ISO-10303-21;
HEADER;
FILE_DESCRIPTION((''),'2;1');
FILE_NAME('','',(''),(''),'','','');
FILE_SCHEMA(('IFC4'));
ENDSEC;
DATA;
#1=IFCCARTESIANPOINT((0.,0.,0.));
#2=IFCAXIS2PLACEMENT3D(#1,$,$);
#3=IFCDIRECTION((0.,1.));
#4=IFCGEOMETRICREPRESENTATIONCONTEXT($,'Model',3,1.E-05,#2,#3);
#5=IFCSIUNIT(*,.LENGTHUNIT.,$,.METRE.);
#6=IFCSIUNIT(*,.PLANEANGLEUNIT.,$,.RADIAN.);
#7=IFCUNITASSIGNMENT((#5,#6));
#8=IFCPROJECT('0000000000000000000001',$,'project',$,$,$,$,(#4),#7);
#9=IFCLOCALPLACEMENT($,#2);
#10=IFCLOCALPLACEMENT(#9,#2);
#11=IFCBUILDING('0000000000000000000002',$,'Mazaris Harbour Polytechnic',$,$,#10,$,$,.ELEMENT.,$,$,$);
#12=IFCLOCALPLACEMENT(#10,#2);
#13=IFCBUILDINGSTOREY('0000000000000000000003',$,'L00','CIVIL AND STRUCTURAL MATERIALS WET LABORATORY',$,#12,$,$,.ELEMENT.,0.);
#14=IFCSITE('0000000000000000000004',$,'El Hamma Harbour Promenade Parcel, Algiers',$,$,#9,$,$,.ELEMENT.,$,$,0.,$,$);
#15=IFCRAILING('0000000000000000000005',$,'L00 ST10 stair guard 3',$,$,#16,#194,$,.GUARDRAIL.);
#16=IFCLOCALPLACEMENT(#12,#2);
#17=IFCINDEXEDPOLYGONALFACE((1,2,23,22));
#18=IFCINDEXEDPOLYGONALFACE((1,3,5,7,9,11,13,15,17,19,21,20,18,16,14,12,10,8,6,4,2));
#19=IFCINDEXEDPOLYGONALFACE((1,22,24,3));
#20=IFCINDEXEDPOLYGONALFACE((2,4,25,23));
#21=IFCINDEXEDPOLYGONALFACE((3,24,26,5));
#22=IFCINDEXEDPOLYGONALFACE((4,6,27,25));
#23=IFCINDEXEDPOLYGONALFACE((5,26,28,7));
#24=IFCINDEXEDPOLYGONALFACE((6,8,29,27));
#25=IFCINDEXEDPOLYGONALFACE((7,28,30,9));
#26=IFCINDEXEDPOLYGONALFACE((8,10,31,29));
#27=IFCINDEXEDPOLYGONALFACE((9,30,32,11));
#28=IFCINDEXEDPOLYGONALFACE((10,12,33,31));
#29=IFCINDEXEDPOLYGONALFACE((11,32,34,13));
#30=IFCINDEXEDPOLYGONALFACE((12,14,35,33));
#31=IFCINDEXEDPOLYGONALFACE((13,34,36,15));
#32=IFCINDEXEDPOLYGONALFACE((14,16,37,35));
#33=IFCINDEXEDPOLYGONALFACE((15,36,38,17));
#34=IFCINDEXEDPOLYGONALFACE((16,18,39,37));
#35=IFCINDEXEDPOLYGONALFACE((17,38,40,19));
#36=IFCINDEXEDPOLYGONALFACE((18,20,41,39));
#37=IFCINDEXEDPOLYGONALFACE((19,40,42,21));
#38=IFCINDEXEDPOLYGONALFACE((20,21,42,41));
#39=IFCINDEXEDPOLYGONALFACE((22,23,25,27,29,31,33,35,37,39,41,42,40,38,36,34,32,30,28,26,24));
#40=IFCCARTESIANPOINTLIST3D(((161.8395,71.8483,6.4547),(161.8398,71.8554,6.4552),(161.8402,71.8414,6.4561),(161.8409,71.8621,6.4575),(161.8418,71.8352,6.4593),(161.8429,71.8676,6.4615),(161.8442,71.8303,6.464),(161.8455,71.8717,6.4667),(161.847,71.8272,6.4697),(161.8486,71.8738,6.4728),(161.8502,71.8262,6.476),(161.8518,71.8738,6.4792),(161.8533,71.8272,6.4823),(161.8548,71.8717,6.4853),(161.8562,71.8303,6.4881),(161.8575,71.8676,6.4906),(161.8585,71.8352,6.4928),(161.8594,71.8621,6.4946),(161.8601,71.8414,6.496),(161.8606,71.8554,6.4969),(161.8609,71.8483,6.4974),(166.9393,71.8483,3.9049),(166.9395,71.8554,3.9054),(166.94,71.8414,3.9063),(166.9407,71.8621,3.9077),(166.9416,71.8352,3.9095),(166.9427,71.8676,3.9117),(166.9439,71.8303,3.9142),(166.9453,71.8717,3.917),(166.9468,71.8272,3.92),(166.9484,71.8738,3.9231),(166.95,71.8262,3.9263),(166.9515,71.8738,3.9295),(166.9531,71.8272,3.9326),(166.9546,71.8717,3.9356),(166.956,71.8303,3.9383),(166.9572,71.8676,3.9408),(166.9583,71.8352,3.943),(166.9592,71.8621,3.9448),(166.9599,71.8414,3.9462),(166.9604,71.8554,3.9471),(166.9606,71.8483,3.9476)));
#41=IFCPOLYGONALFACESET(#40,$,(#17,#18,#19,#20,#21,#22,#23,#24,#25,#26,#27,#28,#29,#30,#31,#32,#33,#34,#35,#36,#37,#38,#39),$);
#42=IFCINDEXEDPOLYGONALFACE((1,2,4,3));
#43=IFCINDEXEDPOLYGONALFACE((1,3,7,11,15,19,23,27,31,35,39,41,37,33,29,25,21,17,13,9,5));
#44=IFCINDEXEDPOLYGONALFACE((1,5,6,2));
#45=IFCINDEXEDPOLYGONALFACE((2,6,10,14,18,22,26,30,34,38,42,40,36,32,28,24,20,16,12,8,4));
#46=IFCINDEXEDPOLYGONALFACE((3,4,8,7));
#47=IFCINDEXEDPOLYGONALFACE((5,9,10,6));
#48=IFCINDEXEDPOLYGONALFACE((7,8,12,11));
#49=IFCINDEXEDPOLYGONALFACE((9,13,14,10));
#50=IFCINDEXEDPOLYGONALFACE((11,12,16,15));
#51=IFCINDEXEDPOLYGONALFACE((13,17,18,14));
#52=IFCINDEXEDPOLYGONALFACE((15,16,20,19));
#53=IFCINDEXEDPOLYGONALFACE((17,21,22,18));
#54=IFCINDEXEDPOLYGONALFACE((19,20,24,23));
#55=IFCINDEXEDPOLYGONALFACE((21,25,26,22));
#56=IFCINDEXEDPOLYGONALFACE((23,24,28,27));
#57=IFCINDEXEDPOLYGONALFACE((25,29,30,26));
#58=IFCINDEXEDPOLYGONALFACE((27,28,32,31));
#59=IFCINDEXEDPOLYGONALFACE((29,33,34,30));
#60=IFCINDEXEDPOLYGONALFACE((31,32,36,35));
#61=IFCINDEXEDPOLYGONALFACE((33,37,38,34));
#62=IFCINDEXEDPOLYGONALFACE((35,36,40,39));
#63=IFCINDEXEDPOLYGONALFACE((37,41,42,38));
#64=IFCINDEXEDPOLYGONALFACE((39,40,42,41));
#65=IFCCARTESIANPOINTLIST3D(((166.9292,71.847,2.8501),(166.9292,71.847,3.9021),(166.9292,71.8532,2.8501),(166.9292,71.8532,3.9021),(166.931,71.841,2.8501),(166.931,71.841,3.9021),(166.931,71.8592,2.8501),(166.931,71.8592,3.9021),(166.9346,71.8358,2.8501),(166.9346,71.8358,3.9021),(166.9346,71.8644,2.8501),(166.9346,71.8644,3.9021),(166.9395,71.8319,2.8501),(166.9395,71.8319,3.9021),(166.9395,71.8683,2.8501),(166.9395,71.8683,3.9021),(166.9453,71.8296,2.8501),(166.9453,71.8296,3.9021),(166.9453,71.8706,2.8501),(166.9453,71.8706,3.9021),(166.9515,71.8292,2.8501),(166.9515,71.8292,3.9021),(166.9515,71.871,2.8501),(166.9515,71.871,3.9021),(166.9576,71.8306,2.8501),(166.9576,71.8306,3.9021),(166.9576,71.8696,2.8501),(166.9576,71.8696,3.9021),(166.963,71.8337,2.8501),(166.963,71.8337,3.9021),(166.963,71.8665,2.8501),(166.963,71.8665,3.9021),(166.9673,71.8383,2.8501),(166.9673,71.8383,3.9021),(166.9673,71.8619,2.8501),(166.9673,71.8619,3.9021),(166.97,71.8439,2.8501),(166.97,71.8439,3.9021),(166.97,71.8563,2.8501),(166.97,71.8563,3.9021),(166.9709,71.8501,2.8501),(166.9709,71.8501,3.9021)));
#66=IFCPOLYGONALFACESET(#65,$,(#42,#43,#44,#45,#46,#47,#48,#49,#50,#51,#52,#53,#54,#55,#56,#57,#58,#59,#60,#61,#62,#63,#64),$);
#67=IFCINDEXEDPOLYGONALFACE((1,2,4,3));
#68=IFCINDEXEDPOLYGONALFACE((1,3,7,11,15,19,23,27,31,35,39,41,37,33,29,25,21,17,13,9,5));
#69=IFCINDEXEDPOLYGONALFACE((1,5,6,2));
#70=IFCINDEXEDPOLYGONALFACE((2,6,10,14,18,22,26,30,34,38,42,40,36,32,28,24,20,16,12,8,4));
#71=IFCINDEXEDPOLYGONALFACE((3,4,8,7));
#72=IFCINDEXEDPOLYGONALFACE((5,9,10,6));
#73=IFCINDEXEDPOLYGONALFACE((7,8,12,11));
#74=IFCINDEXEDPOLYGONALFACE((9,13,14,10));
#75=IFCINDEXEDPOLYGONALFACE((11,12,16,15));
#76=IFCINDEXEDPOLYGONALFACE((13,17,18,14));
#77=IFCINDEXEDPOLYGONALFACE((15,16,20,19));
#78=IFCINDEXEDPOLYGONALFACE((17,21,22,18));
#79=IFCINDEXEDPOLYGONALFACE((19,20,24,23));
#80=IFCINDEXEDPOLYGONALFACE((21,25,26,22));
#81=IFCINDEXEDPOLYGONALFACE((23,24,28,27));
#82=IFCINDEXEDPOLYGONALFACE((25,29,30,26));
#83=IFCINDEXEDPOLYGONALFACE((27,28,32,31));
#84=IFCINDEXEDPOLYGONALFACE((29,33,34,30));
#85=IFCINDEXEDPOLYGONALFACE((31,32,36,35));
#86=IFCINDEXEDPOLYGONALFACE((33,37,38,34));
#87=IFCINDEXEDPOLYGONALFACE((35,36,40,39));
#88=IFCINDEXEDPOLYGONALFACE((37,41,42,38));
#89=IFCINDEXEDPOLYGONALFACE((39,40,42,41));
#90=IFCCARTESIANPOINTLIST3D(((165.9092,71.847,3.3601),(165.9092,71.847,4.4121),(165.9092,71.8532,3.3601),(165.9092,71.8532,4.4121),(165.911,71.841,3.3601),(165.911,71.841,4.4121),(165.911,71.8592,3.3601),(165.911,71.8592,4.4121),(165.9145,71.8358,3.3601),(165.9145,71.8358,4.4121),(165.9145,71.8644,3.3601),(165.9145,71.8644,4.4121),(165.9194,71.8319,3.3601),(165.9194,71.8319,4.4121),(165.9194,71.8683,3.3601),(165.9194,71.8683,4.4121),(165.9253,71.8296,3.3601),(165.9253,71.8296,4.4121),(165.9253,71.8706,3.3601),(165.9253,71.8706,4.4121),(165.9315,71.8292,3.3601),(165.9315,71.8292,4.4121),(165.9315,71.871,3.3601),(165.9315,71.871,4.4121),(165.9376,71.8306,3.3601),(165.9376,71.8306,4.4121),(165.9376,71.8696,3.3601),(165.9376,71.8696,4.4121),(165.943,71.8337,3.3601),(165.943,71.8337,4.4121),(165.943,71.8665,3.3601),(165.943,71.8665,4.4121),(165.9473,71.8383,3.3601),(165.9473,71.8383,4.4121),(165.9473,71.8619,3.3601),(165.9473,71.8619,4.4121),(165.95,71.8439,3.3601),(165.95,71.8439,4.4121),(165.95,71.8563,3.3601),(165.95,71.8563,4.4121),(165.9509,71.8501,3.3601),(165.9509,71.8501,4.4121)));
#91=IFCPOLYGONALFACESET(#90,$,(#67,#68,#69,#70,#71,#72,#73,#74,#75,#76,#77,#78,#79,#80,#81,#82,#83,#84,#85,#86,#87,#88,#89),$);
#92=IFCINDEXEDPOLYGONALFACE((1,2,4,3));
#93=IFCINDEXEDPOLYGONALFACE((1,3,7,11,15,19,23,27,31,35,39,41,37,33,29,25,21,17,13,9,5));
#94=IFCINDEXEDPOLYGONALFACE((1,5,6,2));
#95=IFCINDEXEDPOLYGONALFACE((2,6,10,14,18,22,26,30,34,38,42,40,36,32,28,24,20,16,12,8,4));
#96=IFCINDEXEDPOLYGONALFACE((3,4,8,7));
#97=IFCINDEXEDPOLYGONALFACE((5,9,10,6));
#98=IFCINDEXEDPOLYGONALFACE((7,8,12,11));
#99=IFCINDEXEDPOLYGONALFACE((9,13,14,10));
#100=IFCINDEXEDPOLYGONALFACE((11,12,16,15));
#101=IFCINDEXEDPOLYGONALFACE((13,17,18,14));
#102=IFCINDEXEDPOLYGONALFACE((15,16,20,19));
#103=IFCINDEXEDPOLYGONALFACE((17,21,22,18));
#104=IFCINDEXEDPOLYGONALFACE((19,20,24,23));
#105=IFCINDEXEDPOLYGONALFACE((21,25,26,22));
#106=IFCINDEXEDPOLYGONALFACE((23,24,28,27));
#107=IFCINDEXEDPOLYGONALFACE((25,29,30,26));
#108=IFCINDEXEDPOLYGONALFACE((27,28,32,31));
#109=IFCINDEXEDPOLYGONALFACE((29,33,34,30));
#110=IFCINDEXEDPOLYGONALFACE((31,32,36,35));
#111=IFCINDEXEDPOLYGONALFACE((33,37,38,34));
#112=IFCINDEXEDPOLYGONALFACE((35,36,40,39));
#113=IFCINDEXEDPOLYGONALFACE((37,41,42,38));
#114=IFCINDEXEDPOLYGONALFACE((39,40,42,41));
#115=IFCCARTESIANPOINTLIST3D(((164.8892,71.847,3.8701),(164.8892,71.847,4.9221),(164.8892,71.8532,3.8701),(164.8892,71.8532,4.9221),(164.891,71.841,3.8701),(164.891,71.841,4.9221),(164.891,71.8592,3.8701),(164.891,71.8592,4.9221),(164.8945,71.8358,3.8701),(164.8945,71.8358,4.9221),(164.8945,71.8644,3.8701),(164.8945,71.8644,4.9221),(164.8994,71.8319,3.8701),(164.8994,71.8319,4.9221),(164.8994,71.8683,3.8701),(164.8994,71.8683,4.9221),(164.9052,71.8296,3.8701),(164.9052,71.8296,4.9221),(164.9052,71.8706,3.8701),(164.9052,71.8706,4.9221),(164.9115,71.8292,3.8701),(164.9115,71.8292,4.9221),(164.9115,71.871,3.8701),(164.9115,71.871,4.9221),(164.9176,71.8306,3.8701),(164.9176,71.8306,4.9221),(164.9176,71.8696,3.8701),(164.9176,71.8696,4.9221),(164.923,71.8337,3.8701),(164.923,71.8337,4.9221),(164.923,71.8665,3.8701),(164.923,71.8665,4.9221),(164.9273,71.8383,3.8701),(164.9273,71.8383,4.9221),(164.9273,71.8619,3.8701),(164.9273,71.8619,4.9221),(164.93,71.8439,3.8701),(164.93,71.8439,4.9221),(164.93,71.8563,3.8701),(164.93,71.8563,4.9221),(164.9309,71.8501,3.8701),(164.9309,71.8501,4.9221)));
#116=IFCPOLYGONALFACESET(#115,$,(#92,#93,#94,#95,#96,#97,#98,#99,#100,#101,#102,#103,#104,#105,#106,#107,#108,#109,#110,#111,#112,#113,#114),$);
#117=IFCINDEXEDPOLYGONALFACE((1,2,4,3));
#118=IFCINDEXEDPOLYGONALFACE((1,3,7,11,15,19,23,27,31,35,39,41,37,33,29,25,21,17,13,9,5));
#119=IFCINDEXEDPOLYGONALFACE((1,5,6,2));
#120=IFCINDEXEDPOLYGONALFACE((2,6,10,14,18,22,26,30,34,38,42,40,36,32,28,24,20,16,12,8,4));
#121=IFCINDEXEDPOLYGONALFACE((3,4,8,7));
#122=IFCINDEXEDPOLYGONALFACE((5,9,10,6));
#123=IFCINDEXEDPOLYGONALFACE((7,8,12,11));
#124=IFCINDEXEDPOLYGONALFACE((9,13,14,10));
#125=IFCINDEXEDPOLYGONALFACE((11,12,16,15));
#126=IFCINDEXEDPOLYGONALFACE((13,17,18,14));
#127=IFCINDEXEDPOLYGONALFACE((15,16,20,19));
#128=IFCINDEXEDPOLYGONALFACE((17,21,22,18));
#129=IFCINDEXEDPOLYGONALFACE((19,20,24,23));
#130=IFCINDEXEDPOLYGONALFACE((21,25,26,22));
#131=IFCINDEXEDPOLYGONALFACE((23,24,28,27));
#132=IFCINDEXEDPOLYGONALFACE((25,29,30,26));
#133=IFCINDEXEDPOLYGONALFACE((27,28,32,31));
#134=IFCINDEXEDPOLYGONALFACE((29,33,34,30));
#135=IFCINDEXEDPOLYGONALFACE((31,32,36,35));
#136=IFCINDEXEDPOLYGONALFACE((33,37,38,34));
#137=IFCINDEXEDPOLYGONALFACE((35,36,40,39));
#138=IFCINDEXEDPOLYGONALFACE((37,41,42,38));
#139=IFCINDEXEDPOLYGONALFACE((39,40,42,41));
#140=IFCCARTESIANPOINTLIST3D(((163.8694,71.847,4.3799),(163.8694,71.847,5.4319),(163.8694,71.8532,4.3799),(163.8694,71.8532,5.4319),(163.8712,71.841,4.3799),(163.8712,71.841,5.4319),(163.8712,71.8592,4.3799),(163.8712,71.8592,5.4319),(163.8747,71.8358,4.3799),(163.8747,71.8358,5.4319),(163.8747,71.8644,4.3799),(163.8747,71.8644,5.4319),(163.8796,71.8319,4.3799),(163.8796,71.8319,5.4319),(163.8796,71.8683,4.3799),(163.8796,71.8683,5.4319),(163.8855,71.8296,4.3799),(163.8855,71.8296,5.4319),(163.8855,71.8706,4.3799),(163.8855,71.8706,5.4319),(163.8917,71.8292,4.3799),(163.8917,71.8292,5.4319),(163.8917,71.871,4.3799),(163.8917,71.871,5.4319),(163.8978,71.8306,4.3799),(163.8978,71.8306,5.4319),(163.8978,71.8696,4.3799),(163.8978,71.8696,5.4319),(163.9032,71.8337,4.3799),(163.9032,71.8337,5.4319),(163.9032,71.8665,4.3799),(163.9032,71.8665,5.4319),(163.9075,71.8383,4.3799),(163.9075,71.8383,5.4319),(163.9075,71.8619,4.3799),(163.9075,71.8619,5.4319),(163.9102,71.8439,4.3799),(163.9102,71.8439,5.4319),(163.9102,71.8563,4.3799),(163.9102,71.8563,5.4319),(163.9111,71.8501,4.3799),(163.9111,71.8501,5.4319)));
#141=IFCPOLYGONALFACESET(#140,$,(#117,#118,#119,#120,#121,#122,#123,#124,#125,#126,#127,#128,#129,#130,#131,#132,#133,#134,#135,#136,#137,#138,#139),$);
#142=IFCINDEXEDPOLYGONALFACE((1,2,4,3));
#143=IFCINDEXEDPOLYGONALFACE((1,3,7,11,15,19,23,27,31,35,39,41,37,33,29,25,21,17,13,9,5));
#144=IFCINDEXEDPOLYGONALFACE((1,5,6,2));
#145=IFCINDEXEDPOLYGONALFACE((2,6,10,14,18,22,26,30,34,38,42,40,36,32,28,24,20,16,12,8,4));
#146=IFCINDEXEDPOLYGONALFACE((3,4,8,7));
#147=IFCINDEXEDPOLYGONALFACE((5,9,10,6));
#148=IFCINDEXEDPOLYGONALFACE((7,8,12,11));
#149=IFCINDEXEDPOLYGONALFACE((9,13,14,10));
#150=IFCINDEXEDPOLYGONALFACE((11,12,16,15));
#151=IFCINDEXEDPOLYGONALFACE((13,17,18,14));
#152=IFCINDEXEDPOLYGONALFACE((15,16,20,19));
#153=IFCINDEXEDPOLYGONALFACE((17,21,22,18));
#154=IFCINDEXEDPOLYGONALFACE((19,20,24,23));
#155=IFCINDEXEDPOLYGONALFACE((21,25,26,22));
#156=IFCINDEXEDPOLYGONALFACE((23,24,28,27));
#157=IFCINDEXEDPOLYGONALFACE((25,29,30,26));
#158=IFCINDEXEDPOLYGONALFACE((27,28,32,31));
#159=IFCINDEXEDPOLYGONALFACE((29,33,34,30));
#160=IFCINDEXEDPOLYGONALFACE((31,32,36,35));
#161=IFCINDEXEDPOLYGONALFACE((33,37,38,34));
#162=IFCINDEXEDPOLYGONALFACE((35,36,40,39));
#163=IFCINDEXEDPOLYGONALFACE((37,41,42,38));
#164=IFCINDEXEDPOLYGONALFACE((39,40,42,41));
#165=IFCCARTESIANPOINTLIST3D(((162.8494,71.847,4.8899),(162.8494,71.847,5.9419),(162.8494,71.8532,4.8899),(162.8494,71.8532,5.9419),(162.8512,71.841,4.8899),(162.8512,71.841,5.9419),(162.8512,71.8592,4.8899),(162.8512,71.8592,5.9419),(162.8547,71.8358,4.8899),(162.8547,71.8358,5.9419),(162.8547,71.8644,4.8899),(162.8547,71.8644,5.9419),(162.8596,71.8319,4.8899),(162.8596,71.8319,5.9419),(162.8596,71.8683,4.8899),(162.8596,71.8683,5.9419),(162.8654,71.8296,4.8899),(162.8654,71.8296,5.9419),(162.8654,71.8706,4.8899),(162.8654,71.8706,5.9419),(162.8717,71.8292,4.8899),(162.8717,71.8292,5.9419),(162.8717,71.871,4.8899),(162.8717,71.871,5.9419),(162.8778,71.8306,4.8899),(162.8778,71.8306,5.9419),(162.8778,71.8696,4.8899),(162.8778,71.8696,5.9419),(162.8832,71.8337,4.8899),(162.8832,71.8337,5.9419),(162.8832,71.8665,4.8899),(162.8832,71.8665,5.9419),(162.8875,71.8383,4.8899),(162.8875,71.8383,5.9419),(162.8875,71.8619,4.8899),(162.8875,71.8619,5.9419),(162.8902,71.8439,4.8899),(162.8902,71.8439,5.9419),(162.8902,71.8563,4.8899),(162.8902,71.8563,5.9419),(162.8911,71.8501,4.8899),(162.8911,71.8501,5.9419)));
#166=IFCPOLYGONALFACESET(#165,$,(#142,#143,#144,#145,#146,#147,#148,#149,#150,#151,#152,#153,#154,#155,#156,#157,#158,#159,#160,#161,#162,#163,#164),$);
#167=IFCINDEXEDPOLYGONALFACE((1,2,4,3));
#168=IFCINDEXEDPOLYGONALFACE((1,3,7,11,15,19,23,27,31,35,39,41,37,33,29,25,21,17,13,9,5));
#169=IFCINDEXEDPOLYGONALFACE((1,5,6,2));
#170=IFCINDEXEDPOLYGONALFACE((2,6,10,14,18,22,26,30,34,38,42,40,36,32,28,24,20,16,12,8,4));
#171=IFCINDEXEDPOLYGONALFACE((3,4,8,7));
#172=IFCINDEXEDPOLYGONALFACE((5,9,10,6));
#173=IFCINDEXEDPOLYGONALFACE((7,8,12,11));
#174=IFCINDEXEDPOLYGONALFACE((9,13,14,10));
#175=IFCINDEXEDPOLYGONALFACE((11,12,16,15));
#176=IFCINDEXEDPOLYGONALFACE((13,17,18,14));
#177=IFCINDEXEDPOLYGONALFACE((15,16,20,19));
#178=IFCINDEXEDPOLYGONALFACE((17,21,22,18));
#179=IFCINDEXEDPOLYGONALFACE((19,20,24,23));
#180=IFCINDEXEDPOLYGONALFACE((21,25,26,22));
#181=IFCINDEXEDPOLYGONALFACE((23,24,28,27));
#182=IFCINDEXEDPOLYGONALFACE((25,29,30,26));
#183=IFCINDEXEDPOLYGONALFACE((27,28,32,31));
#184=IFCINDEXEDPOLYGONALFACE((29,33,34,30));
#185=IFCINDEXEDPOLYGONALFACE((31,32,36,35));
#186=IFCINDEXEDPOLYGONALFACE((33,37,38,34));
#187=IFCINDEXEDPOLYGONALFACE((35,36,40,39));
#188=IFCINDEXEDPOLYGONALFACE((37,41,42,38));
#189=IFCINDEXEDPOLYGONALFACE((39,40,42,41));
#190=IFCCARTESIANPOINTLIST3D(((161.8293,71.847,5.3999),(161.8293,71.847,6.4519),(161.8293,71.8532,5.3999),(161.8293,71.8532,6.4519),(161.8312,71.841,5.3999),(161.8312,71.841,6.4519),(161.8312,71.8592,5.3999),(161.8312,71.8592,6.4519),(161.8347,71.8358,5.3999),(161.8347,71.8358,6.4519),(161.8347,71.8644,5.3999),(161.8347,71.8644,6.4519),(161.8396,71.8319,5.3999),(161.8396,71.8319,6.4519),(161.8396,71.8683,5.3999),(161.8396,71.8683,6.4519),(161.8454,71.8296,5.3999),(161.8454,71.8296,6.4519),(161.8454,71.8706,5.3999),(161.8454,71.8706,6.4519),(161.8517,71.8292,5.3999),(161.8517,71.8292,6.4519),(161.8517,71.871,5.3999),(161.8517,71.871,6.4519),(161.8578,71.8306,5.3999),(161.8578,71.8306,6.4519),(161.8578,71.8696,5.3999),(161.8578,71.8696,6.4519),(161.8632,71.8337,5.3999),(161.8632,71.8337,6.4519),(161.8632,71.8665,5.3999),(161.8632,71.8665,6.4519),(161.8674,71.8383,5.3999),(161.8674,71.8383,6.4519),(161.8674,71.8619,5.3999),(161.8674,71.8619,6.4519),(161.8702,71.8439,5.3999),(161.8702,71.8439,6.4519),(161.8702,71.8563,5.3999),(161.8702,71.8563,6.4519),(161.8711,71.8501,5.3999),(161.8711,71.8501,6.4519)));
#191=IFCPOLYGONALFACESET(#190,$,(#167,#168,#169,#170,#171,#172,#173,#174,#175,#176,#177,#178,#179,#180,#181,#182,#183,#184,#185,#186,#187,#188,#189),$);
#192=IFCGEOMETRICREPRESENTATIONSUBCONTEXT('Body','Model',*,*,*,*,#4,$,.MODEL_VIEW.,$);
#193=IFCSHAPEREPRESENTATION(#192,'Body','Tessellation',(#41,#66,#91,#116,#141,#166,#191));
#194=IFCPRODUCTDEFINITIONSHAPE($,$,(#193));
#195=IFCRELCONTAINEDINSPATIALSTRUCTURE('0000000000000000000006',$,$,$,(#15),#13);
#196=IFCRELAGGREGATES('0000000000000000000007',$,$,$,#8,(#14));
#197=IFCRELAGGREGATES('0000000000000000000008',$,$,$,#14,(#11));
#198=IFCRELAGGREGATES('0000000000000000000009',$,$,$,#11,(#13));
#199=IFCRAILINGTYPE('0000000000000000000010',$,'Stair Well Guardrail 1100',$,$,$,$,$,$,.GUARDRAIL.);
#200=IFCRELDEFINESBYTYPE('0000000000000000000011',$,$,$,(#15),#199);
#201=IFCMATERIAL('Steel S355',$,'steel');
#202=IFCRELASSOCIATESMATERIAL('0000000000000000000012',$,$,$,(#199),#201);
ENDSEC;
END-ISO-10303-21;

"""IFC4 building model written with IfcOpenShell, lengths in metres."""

from ifc_helpers import new_model, si_unit, direction, frame, origin, origin_2d, place, context, subcontext, project, spatial, circle, extrude, material, type_object, element, save


model = new_model("IFC4")

# Units and contexts
model_context = context("Model", 3, precision=1e-05, world=origin(), true_north=direction((0.0, 1.0)))
body_context = subcontext(model_context, "Body", "Model", "MODEL_VIEW")
ifc_project = project(units=[si_unit("LENGTHUNIT", "METRE"), si_unit("PLANEANGLEUNIT", "RADIAN")], contexts=[model_context])

# Site, building, storey
site_placement = place(None, origin())
site = spatial("IfcSite", under=ifc_project, at=site_placement, Name="El Hamma Harbour Promenade Parcel, Algiers", CompositionType="ELEMENT", RefElevation=0.0)
building_placement = place(site_placement, origin())
building = spatial("IfcBuilding", under=site, at=building_placement, Name="Mazaris Harbour Polytechnic", CompositionType="ELEMENT")
storey_placement = place(building_placement, origin())
storey = spatial("IfcBuildingStorey", under=building, at=storey_placement, Name="L00", Description="CIVIL AND STRUCTURAL MATERIALS WET LABORATORY", CompositionType="ELEMENT", Elevation=0.0)

# Railing
ifc_material_1 = material(Name="Steel S355", Category="steel")
railing_type_1 = type_object("IfcRailingType", Name="Stair Well Guardrail 1100", PredefinedType="GUARDRAIL", material=ifc_material_1)
railing_1_placement = place(storey_placement, frame((166.95, 71.8501, 2.8501)))
element("IfcRailing", 1, at=railing_1_placement, inside=storey, type_object=railing_type_1, Name="L00 ST10 stair guard 3", PredefinedType="GUARDRAIL", context=body_context, shape_type="SweptSolid", body=[
    extrude(circle(Radius=0.0239, at=origin_2d()), frame((0.0, 0.0, 1.0762), z_axis=(-0.894436, 0.0, 0.447196), x_axis=(0.0, -1.0, 0.0)), (0.0, 0.0, 1.0), 5.7017),
    extrude(circle(Radius=0.021, at=origin_2d()), origin(), (0.0, 0.0, 1.0), 1.052),
    extrude(circle(Radius=0.021, at=origin_2d()), frame((-1.02, 0.0, 0.51)), (0.0, 0.0, 1.0), 1.052),
    extrude(circle(Radius=0.021, at=origin_2d()), frame((-2.04, 0.0, 1.02)), (0.0, 0.0, 1.0), 1.052),
    extrude(circle(Radius=0.021, at=origin_2d()), frame((-3.0598, 0.0, 1.5298)), (0.0, 0.0, 1.0), 1.052),
    extrude(circle(Radius=0.021, at=origin_2d()), frame((-4.0798, 0.0, 2.0398)), (0.0, 0.0, 1.0), 1.052),
    extrude(circle(Radius=0.021, at=origin_2d()), frame((-5.0999, 0.0, 2.5498)), (0.0, 0.0, 1.0), 1.052),
])

save(model, "model.ifc")
